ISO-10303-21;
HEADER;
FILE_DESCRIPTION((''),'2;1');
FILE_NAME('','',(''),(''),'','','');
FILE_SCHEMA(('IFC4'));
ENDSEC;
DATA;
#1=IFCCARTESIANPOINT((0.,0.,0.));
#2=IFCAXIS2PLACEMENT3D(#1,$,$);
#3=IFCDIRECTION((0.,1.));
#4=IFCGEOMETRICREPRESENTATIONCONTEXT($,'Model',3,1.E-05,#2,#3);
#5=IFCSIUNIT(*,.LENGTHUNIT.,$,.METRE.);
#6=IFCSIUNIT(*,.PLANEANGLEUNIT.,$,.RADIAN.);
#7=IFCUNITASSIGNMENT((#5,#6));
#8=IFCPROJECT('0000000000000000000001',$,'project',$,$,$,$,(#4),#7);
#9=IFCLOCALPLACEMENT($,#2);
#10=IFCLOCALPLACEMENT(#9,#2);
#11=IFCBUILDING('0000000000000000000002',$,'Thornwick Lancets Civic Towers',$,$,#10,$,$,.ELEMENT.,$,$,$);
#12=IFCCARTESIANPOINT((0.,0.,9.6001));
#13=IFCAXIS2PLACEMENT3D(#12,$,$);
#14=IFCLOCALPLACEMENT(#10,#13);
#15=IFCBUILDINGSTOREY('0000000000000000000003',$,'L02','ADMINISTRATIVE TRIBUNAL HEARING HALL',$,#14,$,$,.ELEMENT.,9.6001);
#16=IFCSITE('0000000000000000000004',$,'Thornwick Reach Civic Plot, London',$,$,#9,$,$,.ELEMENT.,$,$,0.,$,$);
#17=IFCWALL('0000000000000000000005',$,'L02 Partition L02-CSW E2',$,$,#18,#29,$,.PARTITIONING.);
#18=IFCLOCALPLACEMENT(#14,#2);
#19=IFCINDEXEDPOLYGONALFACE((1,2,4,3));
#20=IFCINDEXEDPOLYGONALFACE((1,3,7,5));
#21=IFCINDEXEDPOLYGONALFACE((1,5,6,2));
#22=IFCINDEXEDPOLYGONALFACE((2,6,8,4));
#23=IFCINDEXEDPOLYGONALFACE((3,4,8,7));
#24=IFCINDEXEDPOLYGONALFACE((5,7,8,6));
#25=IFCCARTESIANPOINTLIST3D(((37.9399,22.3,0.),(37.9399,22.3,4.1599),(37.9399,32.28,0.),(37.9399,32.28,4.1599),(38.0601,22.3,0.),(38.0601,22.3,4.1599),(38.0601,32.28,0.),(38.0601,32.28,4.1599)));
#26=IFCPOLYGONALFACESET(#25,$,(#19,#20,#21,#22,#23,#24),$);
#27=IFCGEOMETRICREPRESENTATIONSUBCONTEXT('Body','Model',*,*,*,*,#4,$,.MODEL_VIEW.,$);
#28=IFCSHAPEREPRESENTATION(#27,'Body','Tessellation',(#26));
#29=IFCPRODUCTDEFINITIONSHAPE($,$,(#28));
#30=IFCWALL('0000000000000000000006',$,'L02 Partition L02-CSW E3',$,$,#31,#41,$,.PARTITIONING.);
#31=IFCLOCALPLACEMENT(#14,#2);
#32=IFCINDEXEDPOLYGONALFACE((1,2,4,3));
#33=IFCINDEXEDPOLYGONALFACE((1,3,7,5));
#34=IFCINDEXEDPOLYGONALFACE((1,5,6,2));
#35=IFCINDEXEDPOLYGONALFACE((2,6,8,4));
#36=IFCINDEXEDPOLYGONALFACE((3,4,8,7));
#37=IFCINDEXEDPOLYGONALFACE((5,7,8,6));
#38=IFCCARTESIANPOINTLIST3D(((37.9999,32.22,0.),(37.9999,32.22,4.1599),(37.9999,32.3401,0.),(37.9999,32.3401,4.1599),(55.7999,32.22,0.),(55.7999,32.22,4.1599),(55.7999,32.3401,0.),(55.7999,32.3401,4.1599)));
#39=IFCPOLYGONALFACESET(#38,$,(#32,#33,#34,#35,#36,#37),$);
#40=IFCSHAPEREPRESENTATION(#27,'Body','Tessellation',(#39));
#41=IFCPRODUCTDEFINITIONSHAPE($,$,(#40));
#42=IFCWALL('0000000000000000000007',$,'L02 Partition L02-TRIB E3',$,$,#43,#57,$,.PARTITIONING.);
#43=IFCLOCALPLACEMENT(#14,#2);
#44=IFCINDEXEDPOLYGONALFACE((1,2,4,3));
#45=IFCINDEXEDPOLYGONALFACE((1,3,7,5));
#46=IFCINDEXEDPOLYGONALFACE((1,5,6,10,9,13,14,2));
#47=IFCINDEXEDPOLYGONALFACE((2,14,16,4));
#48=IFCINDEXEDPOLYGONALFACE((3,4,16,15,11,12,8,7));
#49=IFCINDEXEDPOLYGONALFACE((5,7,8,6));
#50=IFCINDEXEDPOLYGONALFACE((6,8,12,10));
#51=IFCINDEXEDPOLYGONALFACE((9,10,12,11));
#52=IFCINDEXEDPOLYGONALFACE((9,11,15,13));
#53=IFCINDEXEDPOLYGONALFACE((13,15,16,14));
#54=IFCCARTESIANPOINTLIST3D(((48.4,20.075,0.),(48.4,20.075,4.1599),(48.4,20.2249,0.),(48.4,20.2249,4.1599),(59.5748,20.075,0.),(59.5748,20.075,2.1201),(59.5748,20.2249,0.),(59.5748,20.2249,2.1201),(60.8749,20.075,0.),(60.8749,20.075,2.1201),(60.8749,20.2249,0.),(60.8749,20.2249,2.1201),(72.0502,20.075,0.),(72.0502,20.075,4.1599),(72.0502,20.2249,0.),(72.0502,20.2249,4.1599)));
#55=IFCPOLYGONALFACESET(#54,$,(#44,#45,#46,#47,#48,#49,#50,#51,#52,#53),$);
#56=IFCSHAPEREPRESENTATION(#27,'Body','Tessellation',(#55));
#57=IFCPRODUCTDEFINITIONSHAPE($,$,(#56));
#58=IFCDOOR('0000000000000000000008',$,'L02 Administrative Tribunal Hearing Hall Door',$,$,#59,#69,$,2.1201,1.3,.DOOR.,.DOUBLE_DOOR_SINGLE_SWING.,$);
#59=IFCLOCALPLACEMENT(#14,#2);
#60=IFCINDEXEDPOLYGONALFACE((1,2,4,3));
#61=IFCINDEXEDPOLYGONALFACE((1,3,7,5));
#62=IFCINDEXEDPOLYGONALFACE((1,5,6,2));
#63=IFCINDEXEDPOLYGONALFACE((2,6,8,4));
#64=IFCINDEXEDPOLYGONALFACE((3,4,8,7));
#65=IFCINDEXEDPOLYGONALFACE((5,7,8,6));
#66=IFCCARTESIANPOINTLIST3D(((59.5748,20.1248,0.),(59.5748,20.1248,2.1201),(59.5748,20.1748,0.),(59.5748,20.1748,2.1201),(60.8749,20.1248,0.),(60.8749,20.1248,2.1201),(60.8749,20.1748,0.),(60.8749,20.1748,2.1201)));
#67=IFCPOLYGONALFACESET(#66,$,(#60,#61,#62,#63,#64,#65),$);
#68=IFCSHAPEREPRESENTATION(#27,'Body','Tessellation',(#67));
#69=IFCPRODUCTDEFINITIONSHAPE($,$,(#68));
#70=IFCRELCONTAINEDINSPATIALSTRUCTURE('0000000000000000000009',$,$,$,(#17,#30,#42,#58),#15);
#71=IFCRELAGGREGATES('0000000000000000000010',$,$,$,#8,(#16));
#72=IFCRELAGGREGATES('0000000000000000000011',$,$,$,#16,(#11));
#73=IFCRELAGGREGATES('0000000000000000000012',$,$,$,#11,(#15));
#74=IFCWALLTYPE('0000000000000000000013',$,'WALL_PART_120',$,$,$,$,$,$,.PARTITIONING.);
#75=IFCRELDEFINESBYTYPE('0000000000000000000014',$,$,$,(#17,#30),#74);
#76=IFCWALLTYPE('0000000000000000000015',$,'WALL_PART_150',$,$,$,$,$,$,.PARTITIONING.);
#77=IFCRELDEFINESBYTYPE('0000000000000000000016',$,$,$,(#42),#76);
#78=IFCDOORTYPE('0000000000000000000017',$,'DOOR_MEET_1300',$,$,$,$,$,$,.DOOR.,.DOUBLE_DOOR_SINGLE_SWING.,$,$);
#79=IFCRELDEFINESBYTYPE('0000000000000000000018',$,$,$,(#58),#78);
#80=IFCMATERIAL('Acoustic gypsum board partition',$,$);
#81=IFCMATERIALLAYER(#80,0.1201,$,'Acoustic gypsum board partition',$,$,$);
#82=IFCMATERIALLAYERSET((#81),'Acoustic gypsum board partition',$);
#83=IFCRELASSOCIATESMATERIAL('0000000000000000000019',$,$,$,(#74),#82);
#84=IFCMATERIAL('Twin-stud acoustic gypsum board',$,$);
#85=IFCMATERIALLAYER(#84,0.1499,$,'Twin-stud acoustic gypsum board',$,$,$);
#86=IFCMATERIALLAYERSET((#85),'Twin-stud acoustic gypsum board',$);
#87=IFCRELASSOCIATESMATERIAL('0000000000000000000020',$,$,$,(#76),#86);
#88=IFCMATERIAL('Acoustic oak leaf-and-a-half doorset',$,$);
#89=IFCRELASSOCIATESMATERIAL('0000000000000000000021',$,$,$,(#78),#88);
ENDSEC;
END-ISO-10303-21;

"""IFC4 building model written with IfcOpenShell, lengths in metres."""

from ifc_helpers import new_model, si_unit, direction, frame, frame_2d, origin, place, context, subcontext, project, spatial, rectangle, extrude, material, layer, layer_set, type_object, element, fill, save


model = new_model("IFC4")

# Units and contexts
model_context = context("Model", 3, precision=1e-05, world=origin(), true_north=direction((0.0, 1.0)))
body_context = subcontext(model_context, "Body", "Model", "MODEL_VIEW")
ifc_project = project(units=[si_unit("LENGTHUNIT", "METRE"), si_unit("PLANEANGLEUNIT", "RADIAN")], contexts=[model_context])

# Site, building, storey
site_placement = place(None, origin())
site = spatial("IfcSite", under=ifc_project, at=site_placement, Name="Thornwick Reach Civic Plot, London", CompositionType="ELEMENT", RefElevation=0.0)
building_placement = place(site_placement, origin())
building = spatial("IfcBuilding", under=site, at=building_placement, Name="Thornwick Lancets Civic Towers", CompositionType="ELEMENT")
storey_placement = place(building_placement, frame((0.0, 0.0, 9.6001)))
storey = spatial("IfcBuildingStorey", under=building, at=storey_placement, Name="L02", Description="ADMINISTRATIVE TRIBUNAL HEARING HALL", CompositionType="ELEMENT", Elevation=9.6001)

# Shared definitions
ifc_material_1 = material(Name="Acoustic gypsum board partition")
ifc_layer_1 = layer(ifc_material_1, 0.1201, Name="Acoustic gypsum board partition")
ifc_layer_set_1 = layer_set([ifc_layer_1], Name="Acoustic gypsum board partition")
wall_type_1 = type_object("IfcWallType", Name="WALL_PART_120", PredefinedType="PARTITIONING", material=ifc_layer_set_1)

# Walls
wall_1_placement = place(storey_placement, frame((38.0, 22.3, 0.0), z_axis=(0.0, 0.0, 1.0), x_axis=(0.0, 1.0, 0.0)))
element("IfcWall", 1, at=wall_1_placement, inside=storey, type_object=wall_type_1, Name="L02 Partition L02-CSW E2", PredefinedType="PARTITIONING", context=body_context, shape_type="SweptSolid", body=[
    extrude(rectangle(XDim=9.98, YDim=0.1201, at=frame_2d((4.99, 0.0))), origin(), (0.0, 0.0, 1.0), 4.1599),
])
wall_2_placement = place(storey_placement, frame((38.0, 32.28, 0.0), z_axis=(0.0, 0.0, 1.0), x_axis=(1.0, 0.0, 0.0)))
element("IfcWall", 2, at=wall_2_placement, inside=storey, type_object=wall_type_1, Name="L02 Partition L02-CSW E3", PredefinedType="PARTITIONING", context=body_context, shape_type="SweptSolid", body=[
    extrude(rectangle(XDim=17.8, YDim=0.1201, at=frame_2d((8.8999, 0.0))), origin(), (0.0, 0.0, 1.0), 4.1599),
])

# Wall, opening, door
ifc_material_2 = material(Name="Twin-stud acoustic gypsum board")
ifc_layer_2 = layer(ifc_material_2, 0.1499, Name="Twin-stud acoustic gypsum board")
ifc_layer_set_2 = layer_set([ifc_layer_2], Name="Twin-stud acoustic gypsum board")
wall_type_2 = type_object("IfcWallType", Name="WALL_PART_150", PredefinedType="PARTITIONING", material=ifc_layer_set_2)
wall_3_placement = place(storey_placement, frame((48.3999, 20.1499, 0.0), z_axis=(0.0, 0.0, 1.0), x_axis=(1.0, 0.0, 0.0)))
wall_3 = element("IfcWall", 3, at=wall_3_placement, inside=storey, type_object=wall_type_2, Name="L02 Partition L02-TRIB E3", PredefinedType="PARTITIONING", context=body_context, shape_type="SweptSolid", body=[
    extrude(rectangle(XDim=23.6501, YDim=0.1499, at=frame_2d((11.8252, 0.0))), origin(), (0.0, 0.0, 1.0), 4.1599),
])
opening_1_placement = place(wall_3_placement, frame((11.175, 0.0, 0.0)))
opening_1 = element("IfcOpeningElement", 4, at=opening_1_placement, cuts=wall_3, PredefinedType="OPENING", context=body_context, shape_type="SweptSolid", body=[
    extrude(rectangle(XDim=1.3, YDim=2.1201, at=frame_2d((0.6499, 1.0601))), frame((0.0, 0.085, 0.0), z_axis=(0.0, -1.0, 0.0), x_axis=(1.0, 0.0, 0.0)), (0.0, 0.0, 1.0), 0.1699),
])
ifc_material_3 = material(Name="Acoustic oak leaf-and-a-half doorset")
door_type_1 = type_object("IfcDoorType", Name="DOOR_MEET_1300", OperationType="DOUBLE_DOOR_SINGLE_SWING", PredefinedType="DOOR", material=ifc_material_3)
door_1_placement = place(opening_1_placement, origin())
door_1 = element("IfcDoor", 5, at=door_1_placement, inside=storey, type_object=door_type_1, Name="L02 Administrative Tribunal Hearing Hall Door", OperationType="DOUBLE_DOOR_SINGLE_SWING", OverallHeight=2.1201, OverallWidth=1.3, PredefinedType="DOOR", context=body_context, shape_type="SweptSolid", body=[
    extrude(rectangle(XDim=1.3, YDim=2.1201, at=frame_2d((0.6499, 1.0601))), frame((0.0, 0.0249, 0.0), z_axis=(0.0, -1.0, 0.0), x_axis=(1.0, 0.0, 0.0)), (0.0, 0.0, 1.0), 0.05),
])
fill(opening_1, door_1)

save(model, "model.ifc")
